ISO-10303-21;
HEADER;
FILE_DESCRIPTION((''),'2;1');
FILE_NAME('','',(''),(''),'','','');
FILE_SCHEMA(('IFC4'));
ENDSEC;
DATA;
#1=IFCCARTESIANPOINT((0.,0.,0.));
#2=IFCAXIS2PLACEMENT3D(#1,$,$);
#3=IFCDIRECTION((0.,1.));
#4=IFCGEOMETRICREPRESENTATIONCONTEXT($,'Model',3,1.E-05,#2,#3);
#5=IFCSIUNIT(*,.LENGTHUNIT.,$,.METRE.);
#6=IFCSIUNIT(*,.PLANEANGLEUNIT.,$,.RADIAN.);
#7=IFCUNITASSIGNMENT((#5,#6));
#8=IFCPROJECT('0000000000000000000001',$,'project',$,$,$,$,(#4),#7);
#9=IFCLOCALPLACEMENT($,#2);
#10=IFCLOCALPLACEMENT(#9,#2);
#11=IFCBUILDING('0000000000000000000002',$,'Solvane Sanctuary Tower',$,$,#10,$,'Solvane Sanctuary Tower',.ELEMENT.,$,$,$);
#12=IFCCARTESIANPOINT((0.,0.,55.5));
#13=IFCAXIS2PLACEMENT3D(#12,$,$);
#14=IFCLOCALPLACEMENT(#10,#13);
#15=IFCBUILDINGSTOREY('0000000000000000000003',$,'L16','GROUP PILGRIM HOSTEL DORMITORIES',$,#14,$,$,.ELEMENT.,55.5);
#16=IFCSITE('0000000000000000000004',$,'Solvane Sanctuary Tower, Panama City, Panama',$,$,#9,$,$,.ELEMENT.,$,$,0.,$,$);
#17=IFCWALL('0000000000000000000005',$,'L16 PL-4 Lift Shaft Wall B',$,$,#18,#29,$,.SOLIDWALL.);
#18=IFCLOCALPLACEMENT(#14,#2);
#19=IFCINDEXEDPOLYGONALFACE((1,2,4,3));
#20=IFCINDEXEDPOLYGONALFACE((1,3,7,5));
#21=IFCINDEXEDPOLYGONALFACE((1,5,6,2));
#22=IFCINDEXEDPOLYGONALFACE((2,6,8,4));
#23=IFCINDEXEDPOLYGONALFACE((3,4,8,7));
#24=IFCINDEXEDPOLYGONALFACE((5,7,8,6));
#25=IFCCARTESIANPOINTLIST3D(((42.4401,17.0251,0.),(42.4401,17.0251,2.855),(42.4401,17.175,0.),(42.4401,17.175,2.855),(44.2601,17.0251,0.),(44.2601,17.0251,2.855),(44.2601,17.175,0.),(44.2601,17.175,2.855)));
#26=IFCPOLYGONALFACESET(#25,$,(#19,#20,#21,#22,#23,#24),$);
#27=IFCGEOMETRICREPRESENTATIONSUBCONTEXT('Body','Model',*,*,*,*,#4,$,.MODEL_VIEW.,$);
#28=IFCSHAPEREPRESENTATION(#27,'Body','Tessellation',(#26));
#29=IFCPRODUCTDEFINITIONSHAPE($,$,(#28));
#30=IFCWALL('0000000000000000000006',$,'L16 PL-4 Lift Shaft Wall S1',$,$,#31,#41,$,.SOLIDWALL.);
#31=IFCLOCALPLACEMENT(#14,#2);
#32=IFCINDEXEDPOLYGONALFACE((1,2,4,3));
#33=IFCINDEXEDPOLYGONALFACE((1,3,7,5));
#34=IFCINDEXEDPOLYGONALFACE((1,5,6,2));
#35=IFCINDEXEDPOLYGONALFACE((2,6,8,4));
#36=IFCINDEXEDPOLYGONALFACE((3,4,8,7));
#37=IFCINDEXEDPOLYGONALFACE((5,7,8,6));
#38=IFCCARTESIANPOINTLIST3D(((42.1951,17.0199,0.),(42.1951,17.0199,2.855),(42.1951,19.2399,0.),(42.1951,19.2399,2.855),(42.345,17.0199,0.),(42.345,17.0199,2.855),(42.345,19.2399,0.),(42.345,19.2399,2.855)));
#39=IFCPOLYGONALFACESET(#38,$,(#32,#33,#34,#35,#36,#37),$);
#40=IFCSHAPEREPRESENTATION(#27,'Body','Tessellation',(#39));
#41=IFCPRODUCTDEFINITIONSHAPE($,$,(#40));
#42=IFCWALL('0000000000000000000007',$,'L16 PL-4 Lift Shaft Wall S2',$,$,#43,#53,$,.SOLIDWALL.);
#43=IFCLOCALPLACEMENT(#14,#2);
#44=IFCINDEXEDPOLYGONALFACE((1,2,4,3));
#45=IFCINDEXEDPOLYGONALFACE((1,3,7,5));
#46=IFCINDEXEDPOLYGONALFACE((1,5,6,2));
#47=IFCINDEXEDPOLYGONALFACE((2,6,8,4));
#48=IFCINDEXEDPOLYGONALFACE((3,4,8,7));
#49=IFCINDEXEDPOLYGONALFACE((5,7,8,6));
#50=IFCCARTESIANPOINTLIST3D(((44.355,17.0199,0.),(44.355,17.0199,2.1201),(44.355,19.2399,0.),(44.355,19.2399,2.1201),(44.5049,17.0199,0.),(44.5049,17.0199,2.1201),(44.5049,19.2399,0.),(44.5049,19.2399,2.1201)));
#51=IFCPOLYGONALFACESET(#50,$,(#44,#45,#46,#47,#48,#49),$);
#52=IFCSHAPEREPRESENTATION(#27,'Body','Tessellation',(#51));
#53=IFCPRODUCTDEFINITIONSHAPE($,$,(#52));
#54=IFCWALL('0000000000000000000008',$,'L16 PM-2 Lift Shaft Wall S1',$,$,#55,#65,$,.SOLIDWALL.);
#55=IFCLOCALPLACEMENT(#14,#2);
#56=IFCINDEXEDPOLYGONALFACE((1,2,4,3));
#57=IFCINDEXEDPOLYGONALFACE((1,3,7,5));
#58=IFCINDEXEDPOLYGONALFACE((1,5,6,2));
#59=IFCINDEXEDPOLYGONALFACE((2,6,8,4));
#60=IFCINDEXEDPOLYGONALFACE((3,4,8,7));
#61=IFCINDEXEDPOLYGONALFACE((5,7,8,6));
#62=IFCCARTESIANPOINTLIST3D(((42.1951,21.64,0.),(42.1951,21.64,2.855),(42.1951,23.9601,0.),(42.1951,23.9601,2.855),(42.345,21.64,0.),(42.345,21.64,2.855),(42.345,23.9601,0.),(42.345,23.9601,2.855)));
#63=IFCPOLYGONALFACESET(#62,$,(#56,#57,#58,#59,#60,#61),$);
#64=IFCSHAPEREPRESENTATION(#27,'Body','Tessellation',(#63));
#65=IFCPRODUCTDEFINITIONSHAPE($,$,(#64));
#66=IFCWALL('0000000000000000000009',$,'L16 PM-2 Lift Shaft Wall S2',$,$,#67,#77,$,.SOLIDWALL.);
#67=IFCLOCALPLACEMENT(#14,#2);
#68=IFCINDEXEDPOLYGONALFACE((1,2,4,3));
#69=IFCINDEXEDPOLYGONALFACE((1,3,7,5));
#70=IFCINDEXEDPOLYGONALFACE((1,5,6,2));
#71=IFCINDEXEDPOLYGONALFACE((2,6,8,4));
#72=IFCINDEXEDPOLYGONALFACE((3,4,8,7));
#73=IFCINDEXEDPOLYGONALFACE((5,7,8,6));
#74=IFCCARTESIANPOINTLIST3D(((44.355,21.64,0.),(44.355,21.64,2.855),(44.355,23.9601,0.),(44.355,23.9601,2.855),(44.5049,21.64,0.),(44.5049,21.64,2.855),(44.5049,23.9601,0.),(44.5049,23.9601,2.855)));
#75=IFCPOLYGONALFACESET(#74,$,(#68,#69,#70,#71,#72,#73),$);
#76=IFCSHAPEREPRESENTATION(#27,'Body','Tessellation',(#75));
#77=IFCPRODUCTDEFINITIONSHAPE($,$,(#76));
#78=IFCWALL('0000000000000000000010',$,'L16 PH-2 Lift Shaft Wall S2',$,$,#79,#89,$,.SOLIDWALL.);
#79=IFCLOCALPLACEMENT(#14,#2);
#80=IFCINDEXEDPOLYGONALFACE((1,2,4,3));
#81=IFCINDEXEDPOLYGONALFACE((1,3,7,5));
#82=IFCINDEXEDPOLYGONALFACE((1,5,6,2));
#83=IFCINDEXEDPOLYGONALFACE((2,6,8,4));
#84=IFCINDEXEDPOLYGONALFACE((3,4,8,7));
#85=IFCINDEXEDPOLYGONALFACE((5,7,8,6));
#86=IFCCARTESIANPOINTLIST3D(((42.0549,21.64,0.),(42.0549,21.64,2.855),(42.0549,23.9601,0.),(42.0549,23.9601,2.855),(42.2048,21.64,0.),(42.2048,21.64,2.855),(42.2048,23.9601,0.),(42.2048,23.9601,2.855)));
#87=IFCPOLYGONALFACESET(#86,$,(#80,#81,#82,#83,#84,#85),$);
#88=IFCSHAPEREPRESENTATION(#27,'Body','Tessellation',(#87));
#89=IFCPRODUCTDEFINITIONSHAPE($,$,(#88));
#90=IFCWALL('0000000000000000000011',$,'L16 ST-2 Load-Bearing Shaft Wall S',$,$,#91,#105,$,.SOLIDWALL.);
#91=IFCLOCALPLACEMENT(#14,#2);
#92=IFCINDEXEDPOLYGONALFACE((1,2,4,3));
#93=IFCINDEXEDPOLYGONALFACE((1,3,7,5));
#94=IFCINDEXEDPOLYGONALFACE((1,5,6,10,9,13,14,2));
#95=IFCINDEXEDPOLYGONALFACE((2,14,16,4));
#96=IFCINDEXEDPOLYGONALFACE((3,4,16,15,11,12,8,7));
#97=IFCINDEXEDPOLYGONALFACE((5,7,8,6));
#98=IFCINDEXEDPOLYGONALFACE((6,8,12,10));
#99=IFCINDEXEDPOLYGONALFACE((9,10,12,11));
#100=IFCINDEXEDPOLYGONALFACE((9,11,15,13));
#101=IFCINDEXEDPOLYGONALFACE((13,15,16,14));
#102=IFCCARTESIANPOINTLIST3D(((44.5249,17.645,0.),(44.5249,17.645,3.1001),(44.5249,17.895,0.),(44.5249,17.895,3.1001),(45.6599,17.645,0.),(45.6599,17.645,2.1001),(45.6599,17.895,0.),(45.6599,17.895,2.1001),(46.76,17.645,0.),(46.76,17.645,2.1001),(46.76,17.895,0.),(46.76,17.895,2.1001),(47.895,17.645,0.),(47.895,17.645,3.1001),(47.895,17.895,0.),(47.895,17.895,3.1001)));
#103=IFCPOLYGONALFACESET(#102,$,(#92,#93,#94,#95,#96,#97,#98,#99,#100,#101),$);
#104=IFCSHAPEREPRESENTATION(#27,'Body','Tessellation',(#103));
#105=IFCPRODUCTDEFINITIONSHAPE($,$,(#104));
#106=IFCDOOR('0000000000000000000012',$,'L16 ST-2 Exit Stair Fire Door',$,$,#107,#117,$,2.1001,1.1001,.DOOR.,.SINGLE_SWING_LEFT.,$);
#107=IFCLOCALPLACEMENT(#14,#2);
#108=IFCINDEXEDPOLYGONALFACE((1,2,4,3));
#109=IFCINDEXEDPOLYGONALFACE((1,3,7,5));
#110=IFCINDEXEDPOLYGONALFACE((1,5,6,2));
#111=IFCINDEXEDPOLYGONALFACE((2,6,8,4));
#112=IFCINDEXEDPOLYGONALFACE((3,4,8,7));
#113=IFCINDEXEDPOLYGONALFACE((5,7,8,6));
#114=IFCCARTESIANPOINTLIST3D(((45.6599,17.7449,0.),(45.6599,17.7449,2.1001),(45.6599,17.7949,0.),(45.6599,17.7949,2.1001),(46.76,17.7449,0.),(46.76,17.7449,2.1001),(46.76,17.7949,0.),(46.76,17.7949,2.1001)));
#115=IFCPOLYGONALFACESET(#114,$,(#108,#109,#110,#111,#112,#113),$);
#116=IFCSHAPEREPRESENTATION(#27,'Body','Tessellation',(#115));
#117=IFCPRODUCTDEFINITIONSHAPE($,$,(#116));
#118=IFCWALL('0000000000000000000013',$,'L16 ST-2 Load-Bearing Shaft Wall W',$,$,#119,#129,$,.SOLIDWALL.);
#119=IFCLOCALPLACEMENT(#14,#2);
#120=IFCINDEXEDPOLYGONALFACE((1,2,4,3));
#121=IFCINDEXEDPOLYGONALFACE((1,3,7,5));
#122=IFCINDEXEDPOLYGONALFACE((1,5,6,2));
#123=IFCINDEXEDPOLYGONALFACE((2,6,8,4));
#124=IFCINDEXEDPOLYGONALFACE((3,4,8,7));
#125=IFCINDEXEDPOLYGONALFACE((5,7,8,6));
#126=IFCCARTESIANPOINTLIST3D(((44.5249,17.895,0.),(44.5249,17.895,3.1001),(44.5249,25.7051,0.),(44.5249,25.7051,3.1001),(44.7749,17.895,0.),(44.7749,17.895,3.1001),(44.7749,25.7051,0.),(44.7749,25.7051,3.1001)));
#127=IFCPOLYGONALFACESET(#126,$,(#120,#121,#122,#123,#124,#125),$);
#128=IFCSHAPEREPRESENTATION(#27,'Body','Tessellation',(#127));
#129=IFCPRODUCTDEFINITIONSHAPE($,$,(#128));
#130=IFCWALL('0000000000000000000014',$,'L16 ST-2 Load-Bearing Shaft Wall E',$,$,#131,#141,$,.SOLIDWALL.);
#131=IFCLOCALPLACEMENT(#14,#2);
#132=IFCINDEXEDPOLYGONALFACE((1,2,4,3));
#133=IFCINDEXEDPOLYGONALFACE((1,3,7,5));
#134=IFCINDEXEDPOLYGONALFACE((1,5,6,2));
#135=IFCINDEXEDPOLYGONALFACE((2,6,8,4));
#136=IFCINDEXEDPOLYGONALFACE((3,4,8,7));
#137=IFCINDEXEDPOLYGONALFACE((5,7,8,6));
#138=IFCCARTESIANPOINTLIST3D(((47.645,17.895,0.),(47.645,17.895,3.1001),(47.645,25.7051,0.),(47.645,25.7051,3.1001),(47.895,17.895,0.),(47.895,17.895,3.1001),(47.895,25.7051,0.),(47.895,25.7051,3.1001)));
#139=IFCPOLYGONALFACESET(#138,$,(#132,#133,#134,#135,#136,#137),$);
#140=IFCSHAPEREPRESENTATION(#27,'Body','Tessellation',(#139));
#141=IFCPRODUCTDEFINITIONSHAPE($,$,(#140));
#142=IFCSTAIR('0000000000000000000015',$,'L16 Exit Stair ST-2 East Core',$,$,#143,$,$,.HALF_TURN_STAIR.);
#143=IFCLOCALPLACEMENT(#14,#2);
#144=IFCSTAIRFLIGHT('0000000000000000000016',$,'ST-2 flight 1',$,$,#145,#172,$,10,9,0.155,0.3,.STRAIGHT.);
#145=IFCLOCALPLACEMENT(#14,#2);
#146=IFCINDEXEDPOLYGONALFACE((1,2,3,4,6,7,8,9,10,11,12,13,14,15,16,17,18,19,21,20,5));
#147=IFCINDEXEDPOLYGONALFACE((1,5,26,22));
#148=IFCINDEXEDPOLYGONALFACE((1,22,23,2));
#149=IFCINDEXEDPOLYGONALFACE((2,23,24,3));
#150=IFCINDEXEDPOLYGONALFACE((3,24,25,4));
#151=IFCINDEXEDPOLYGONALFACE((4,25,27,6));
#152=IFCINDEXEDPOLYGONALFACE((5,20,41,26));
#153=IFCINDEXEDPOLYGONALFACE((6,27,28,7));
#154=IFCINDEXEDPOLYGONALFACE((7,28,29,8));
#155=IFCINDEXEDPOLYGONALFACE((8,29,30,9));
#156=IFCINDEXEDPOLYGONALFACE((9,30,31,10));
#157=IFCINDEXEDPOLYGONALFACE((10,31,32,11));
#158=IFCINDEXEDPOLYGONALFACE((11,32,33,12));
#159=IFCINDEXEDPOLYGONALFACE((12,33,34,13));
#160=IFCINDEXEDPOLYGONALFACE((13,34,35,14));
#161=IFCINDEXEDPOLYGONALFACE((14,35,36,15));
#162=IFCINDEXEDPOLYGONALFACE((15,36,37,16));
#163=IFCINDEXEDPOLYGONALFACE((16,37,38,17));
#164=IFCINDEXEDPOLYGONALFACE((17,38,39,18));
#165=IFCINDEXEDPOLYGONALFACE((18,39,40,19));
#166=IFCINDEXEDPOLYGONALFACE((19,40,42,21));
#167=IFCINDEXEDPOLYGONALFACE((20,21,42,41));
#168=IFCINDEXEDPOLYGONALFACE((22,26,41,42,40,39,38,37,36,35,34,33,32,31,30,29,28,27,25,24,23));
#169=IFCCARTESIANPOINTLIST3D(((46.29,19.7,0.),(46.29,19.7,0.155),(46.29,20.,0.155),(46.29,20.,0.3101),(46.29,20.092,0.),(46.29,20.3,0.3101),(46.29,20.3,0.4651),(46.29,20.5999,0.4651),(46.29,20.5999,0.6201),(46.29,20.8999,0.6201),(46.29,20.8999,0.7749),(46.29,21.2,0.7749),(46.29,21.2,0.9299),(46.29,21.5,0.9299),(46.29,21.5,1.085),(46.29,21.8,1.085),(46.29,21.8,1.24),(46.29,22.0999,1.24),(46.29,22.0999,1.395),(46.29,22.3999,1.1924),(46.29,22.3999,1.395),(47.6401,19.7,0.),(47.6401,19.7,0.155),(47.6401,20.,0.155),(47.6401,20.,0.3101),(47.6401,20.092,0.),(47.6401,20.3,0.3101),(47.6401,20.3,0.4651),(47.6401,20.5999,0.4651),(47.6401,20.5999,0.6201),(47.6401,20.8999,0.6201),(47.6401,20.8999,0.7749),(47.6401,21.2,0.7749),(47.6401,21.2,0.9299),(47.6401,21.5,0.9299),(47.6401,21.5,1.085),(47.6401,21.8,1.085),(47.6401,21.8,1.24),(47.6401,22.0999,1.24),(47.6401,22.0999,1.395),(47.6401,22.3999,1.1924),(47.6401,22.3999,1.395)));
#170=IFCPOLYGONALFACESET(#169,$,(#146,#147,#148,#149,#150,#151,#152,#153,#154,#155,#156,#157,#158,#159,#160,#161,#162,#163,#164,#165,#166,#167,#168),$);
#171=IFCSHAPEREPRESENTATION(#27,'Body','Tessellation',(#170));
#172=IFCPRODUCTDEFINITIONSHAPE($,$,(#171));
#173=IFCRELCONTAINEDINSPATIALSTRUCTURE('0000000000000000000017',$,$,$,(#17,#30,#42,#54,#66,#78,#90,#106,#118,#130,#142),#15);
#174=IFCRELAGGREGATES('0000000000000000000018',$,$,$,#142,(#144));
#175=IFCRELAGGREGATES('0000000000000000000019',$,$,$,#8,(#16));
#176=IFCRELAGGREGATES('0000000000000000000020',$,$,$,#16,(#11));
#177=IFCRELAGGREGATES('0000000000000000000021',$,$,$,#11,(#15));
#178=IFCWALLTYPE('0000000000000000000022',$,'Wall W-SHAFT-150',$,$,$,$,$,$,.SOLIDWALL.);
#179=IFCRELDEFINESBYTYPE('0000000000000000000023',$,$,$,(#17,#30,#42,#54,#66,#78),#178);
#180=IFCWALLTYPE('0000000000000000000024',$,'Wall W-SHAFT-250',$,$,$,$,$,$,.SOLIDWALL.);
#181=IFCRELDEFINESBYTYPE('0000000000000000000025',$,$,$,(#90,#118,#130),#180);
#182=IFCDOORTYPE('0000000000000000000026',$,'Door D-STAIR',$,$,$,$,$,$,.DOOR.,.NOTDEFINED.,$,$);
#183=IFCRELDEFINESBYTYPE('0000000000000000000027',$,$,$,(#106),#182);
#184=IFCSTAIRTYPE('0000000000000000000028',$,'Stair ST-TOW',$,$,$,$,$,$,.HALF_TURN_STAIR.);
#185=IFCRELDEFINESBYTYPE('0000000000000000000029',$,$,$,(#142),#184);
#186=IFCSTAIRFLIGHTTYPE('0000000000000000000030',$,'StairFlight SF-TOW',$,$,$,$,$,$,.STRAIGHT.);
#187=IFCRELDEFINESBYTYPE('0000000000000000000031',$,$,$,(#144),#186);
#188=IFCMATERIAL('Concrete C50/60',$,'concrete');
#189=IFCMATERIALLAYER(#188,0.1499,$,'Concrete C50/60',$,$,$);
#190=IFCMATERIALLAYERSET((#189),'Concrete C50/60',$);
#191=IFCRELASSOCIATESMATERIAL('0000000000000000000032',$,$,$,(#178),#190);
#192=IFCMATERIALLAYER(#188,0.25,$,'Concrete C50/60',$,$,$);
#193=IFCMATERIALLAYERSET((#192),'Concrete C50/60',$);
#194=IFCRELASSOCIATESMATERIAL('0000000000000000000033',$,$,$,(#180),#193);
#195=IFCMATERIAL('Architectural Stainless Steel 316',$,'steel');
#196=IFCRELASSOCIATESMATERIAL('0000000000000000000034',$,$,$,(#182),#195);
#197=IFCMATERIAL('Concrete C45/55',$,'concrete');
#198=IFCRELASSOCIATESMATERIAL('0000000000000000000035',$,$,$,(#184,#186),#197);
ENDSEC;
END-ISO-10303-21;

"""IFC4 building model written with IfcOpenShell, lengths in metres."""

from ifc_helpers import new_model, si_unit, direction, frame, frame_2d, origin, place, context, subcontext, project, spatial, polyline, rectangle, outline, extrude, material, layer, layer_set, type_object, element, fill, aggregate, save


model = new_model("IFC4")

# Units and contexts
model_context = context("Model", 3, precision=1e-05, world=origin(), true_north=direction((0.0, 1.0)))
body_context = subcontext(model_context, "Body", "Model", "MODEL_VIEW")
ifc_project = project(units=[si_unit("LENGTHUNIT", "METRE"), si_unit("PLANEANGLEUNIT", "RADIAN")], contexts=[model_context])

# Site, building, storey
site_placement = place(None, origin())
site = spatial("IfcSite", under=ifc_project, at=site_placement, Name="Solvane Sanctuary Tower, Panama City, Panama", CompositionType="ELEMENT", RefElevation=0.0)
building_placement = place(site_placement, origin())
building = spatial("IfcBuilding", under=site, at=building_placement, Name="Solvane Sanctuary Tower", LongName="Solvane Sanctuary Tower", CompositionType="ELEMENT")
storey_placement = place(building_placement, frame((0.0, 0.0, 55.5)))
storey = spatial("IfcBuildingStorey", under=building, at=storey_placement, Name="L16", Description="GROUP PILGRIM HOSTEL DORMITORIES", CompositionType="ELEMENT", Elevation=55.5)

# Shared definitions
ifc_material_1 = material(Name="Concrete C50/60", Category="concrete")
ifc_layer_1 = layer(ifc_material_1, 0.1499, Name="Concrete C50/60")
ifc_layer_set_1 = layer_set([ifc_layer_1], Name="Concrete C50/60")
wall_type_1 = type_object("IfcWallType", Name="Wall W-SHAFT-150", PredefinedType="SOLIDWALL", material=ifc_layer_set_1)
ifc_material_2 = material(Name="Architectural Stainless Steel 316", Category="steel")

# Walls
wall_1_placement = place(storey_placement, frame((42.4399, 17.1001, 0.0), z_axis=(0.0, 0.0, 1.0), x_axis=(1.0, 0.0, 0.0)))
element("IfcWall", 1, at=wall_1_placement, inside=storey, type_object=wall_type_1, Name="L16 PL-4 Lift Shaft Wall B", PredefinedType="SOLIDWALL", context=body_context, shape_type="SweptSolid", body=[
    extrude(rectangle(XDim=1.8201, YDim=0.1499, at=frame_2d((0.9102, 0.0))), origin(), (0.0, 0.0, 1.0), 2.855),
])
wall_2_placement = place(storey_placement, frame((42.27, 17.02, 0.0), z_axis=(0.0, 0.0, 1.0), x_axis=(0.0, 1.0, 0.0)))
element("IfcWall", 2, at=wall_2_placement, inside=storey, type_object=wall_type_1, Name="L16 PL-4 Lift Shaft Wall S1", PredefinedType="SOLIDWALL", context=body_context, shape_type="SweptSolid", body=[
    extrude(rectangle(XDim=2.22, YDim=0.1499, at=frame_2d((1.1099, 0.0))), origin(), (0.0, 0.0, 1.0), 2.855),
])
wall_3_placement = place(storey_placement, frame((44.4299, 17.02, 0.0), z_axis=(0.0, 0.0, 1.0), x_axis=(0.0, 1.0, 0.0)))
element("IfcWall", 3, at=wall_3_placement, inside=storey, type_object=wall_type_1, Name="L16 PL-4 Lift Shaft Wall S2", PredefinedType="SOLIDWALL", context=body_context, shape_type="SweptSolid", body=[
    extrude(rectangle(XDim=2.22, YDim=0.1499, at=frame_2d((1.1099, 0.0))), origin(), (0.0, 0.0, 1.0), 2.1201),
])
for number, where, z_axis, x_axis, name in (
    (4, (42.27, 21.6399, 0.0), (0.0, 0.0, 1.0), (0.0, 1.0, 0.0), "L16 PM-2 Lift Shaft Wall S1"),
    (5, (44.4299, 21.6399, 0.0), (0.0, 0.0, 1.0), (0.0, 1.0, 0.0), "L16 PM-2 Lift Shaft Wall S2"),
    (6, (42.1299, 21.6399, 0.0), (0.0, 0.0, 1.0), (0.0, 1.0, 0.0), "L16 PH-2 Lift Shaft Wall S2"),
):
    element("IfcWall", number, at=place(storey_placement, frame(where, z_axis=z_axis, x_axis=x_axis)), inside=storey, type_object=wall_type_1, Name=name, PredefinedType="SOLIDWALL", context=body_context, shape_type="SweptSolid", body=[
        extrude(rectangle(XDim=2.3201, YDim=0.1499, at=frame_2d((1.1602, 0.0))), origin(), (0.0, 0.0, 1.0), 2.855),
    ])

# Wall, opening, door
ifc_layer_2 = layer(ifc_material_1, 0.25, Name="Concrete C50/60")
ifc_layer_set_2 = layer_set([ifc_layer_2], Name="Concrete C50/60")
wall_type_2 = type_object("IfcWallType", Name="Wall W-SHAFT-250", PredefinedType="SOLIDWALL", material=ifc_layer_set_2)
wall_4_placement = place(storey_placement, frame((44.5249, 17.77, 0.0), z_axis=(0.0, 0.0, 1.0), x_axis=(1.0, 0.0, 0.0)))
wall_4 = element("IfcWall", 7, at=wall_4_placement, inside=storey, type_object=wall_type_2, Name="L16 ST-2 Load-Bearing Shaft Wall S", PredefinedType="SOLIDWALL", context=body_context, shape_type="SweptSolid", body=[
    extrude(rectangle(XDim=3.3701, YDim=0.25, at=frame_2d((1.6851, 0.0))), origin(), (0.0, 0.0, 1.0), 3.1001),
])
opening_1_placement = place(wall_4_placement, frame((1.135, 0.0, 0.0)))
opening_1 = element("IfcOpeningElement", 8, at=opening_1_placement, cuts=wall_4, PredefinedType="OPENING", context=body_context, shape_type="SweptSolid", body=[
    extrude(rectangle(XDim=1.1001, YDim=2.1001, at=frame_2d((0.55, 1.05))), frame((0.0, 0.135, 0.0), z_axis=(0.0, -1.0, 0.0), x_axis=(1.0, 0.0, 0.0)), (0.0, 0.0, 1.0), 0.27),
])
door_type_1 = type_object("IfcDoorType", Name="Door D-STAIR", OperationType="NOTDEFINED", PredefinedType="DOOR", material=ifc_material_2)
door_1_placement = place(opening_1_placement, origin())
door_1 = element("IfcDoor", 9, at=door_1_placement, inside=storey, type_object=door_type_1, Name="L16 ST-2 Exit Stair Fire Door", OperationType="SINGLE_SWING_LEFT", OverallHeight=2.1001, OverallWidth=1.1001, PredefinedType="DOOR", context=body_context, shape_type="SweptSolid", body=[
    extrude(rectangle(XDim=1.1001, YDim=2.1001, at=frame_2d((0.55, 1.05))), frame((0.0, 0.0249, 0.0), z_axis=(0.0, -1.0, 0.0), x_axis=(1.0, 0.0, 0.0)), (0.0, 0.0, 1.0), 0.05),
])
fill(opening_1, door_1)

# Walls
for number, where, z_axis, x_axis, name in (
    (10, (44.6499, 17.895, 0.0), (0.0, 0.0, 1.0), (0.0, 1.0, 0.0), "L16 ST-2 Load-Bearing Shaft Wall W"),
    (11, (47.77, 17.895, 0.0), (0.0, 0.0, 1.0), (0.0, 1.0, 0.0), "L16 ST-2 Load-Bearing Shaft Wall E"),
):
    element("IfcWall", number, at=place(storey_placement, frame(where, z_axis=z_axis, x_axis=x_axis)), inside=storey, type_object=wall_type_2, Name=name, PredefinedType="SOLIDWALL", context=body_context, shape_type="SweptSolid", body=[
        extrude(rectangle(XDim=7.8101, YDim=0.25, at=frame_2d((3.905, 0.0))), origin(), (0.0, 0.0, 1.0), 3.1001),
    ])

# Stair, stair flight
ifc_material_3 = material(Name="Concrete C45/55", Category="concrete")
stair_type = type_object("IfcStairType", Name="Stair ST-TOW", PredefinedType="HALF_TURN_STAIR", material=ifc_material_3)
stair_placement = place(storey_placement, origin())
stair = element("IfcStair", 12, at=stair_placement, inside=storey, type_object=stair_type, Name="L16 Exit Stair ST-2 East Core", PredefinedType="HALF_TURN_STAIR")
stair_flight_type = type_object("IfcStairFlightType", Name="StairFlight SF-TOW", PredefinedType="STRAIGHT", material=ifc_material_3)
stair_flight_placement = place(storey_placement, frame((46.9651, 19.7, 0.0), z_axis=(0.0, 0.0, 1.0), x_axis=(0.0, 1.0, 0.0)))
stair_flight = element("IfcStairFlight", 13, at=stair_flight_placement, type_object=stair_flight_type, Name="ST-2 flight 1", NumberOfRisers=10, NumberOfTreads=9, PredefinedType="STRAIGHT", RiserHeight=0.155, TreadLength=0.3, context=body_context, shape_type="SweptSolid", body=[
    extrude(outline(polyline([(0.0, 0.0), (0.0, 0.155), (0.3, 0.155), (0.3, 0.3101), (0.6001, 0.3101), (0.6001, 0.4651), (0.8999, 0.4651), (0.8999, 0.6201), (1.2, 0.6201), (1.2, 0.7749), (1.5, 0.7749), (1.5, 0.9299), (1.8, 0.9299), (1.8, 1.085), (2.1001, 1.085), (2.1001, 1.24), (2.3999, 1.24), (2.3999, 1.395), (2.7, 1.395), (2.7, 1.55), (2.7, 1.1924), (0.3921, 0.0), (0.0, 0.0)])), frame((0.0, 0.675, 0.0), z_axis=(0.0, -1.0, 0.0), x_axis=(1.0, 0.0, 0.0)), (0.0, 0.0, 1.0), 1.3501),
])
aggregate(stair, [stair_flight])

save(model, "model.ifc")
